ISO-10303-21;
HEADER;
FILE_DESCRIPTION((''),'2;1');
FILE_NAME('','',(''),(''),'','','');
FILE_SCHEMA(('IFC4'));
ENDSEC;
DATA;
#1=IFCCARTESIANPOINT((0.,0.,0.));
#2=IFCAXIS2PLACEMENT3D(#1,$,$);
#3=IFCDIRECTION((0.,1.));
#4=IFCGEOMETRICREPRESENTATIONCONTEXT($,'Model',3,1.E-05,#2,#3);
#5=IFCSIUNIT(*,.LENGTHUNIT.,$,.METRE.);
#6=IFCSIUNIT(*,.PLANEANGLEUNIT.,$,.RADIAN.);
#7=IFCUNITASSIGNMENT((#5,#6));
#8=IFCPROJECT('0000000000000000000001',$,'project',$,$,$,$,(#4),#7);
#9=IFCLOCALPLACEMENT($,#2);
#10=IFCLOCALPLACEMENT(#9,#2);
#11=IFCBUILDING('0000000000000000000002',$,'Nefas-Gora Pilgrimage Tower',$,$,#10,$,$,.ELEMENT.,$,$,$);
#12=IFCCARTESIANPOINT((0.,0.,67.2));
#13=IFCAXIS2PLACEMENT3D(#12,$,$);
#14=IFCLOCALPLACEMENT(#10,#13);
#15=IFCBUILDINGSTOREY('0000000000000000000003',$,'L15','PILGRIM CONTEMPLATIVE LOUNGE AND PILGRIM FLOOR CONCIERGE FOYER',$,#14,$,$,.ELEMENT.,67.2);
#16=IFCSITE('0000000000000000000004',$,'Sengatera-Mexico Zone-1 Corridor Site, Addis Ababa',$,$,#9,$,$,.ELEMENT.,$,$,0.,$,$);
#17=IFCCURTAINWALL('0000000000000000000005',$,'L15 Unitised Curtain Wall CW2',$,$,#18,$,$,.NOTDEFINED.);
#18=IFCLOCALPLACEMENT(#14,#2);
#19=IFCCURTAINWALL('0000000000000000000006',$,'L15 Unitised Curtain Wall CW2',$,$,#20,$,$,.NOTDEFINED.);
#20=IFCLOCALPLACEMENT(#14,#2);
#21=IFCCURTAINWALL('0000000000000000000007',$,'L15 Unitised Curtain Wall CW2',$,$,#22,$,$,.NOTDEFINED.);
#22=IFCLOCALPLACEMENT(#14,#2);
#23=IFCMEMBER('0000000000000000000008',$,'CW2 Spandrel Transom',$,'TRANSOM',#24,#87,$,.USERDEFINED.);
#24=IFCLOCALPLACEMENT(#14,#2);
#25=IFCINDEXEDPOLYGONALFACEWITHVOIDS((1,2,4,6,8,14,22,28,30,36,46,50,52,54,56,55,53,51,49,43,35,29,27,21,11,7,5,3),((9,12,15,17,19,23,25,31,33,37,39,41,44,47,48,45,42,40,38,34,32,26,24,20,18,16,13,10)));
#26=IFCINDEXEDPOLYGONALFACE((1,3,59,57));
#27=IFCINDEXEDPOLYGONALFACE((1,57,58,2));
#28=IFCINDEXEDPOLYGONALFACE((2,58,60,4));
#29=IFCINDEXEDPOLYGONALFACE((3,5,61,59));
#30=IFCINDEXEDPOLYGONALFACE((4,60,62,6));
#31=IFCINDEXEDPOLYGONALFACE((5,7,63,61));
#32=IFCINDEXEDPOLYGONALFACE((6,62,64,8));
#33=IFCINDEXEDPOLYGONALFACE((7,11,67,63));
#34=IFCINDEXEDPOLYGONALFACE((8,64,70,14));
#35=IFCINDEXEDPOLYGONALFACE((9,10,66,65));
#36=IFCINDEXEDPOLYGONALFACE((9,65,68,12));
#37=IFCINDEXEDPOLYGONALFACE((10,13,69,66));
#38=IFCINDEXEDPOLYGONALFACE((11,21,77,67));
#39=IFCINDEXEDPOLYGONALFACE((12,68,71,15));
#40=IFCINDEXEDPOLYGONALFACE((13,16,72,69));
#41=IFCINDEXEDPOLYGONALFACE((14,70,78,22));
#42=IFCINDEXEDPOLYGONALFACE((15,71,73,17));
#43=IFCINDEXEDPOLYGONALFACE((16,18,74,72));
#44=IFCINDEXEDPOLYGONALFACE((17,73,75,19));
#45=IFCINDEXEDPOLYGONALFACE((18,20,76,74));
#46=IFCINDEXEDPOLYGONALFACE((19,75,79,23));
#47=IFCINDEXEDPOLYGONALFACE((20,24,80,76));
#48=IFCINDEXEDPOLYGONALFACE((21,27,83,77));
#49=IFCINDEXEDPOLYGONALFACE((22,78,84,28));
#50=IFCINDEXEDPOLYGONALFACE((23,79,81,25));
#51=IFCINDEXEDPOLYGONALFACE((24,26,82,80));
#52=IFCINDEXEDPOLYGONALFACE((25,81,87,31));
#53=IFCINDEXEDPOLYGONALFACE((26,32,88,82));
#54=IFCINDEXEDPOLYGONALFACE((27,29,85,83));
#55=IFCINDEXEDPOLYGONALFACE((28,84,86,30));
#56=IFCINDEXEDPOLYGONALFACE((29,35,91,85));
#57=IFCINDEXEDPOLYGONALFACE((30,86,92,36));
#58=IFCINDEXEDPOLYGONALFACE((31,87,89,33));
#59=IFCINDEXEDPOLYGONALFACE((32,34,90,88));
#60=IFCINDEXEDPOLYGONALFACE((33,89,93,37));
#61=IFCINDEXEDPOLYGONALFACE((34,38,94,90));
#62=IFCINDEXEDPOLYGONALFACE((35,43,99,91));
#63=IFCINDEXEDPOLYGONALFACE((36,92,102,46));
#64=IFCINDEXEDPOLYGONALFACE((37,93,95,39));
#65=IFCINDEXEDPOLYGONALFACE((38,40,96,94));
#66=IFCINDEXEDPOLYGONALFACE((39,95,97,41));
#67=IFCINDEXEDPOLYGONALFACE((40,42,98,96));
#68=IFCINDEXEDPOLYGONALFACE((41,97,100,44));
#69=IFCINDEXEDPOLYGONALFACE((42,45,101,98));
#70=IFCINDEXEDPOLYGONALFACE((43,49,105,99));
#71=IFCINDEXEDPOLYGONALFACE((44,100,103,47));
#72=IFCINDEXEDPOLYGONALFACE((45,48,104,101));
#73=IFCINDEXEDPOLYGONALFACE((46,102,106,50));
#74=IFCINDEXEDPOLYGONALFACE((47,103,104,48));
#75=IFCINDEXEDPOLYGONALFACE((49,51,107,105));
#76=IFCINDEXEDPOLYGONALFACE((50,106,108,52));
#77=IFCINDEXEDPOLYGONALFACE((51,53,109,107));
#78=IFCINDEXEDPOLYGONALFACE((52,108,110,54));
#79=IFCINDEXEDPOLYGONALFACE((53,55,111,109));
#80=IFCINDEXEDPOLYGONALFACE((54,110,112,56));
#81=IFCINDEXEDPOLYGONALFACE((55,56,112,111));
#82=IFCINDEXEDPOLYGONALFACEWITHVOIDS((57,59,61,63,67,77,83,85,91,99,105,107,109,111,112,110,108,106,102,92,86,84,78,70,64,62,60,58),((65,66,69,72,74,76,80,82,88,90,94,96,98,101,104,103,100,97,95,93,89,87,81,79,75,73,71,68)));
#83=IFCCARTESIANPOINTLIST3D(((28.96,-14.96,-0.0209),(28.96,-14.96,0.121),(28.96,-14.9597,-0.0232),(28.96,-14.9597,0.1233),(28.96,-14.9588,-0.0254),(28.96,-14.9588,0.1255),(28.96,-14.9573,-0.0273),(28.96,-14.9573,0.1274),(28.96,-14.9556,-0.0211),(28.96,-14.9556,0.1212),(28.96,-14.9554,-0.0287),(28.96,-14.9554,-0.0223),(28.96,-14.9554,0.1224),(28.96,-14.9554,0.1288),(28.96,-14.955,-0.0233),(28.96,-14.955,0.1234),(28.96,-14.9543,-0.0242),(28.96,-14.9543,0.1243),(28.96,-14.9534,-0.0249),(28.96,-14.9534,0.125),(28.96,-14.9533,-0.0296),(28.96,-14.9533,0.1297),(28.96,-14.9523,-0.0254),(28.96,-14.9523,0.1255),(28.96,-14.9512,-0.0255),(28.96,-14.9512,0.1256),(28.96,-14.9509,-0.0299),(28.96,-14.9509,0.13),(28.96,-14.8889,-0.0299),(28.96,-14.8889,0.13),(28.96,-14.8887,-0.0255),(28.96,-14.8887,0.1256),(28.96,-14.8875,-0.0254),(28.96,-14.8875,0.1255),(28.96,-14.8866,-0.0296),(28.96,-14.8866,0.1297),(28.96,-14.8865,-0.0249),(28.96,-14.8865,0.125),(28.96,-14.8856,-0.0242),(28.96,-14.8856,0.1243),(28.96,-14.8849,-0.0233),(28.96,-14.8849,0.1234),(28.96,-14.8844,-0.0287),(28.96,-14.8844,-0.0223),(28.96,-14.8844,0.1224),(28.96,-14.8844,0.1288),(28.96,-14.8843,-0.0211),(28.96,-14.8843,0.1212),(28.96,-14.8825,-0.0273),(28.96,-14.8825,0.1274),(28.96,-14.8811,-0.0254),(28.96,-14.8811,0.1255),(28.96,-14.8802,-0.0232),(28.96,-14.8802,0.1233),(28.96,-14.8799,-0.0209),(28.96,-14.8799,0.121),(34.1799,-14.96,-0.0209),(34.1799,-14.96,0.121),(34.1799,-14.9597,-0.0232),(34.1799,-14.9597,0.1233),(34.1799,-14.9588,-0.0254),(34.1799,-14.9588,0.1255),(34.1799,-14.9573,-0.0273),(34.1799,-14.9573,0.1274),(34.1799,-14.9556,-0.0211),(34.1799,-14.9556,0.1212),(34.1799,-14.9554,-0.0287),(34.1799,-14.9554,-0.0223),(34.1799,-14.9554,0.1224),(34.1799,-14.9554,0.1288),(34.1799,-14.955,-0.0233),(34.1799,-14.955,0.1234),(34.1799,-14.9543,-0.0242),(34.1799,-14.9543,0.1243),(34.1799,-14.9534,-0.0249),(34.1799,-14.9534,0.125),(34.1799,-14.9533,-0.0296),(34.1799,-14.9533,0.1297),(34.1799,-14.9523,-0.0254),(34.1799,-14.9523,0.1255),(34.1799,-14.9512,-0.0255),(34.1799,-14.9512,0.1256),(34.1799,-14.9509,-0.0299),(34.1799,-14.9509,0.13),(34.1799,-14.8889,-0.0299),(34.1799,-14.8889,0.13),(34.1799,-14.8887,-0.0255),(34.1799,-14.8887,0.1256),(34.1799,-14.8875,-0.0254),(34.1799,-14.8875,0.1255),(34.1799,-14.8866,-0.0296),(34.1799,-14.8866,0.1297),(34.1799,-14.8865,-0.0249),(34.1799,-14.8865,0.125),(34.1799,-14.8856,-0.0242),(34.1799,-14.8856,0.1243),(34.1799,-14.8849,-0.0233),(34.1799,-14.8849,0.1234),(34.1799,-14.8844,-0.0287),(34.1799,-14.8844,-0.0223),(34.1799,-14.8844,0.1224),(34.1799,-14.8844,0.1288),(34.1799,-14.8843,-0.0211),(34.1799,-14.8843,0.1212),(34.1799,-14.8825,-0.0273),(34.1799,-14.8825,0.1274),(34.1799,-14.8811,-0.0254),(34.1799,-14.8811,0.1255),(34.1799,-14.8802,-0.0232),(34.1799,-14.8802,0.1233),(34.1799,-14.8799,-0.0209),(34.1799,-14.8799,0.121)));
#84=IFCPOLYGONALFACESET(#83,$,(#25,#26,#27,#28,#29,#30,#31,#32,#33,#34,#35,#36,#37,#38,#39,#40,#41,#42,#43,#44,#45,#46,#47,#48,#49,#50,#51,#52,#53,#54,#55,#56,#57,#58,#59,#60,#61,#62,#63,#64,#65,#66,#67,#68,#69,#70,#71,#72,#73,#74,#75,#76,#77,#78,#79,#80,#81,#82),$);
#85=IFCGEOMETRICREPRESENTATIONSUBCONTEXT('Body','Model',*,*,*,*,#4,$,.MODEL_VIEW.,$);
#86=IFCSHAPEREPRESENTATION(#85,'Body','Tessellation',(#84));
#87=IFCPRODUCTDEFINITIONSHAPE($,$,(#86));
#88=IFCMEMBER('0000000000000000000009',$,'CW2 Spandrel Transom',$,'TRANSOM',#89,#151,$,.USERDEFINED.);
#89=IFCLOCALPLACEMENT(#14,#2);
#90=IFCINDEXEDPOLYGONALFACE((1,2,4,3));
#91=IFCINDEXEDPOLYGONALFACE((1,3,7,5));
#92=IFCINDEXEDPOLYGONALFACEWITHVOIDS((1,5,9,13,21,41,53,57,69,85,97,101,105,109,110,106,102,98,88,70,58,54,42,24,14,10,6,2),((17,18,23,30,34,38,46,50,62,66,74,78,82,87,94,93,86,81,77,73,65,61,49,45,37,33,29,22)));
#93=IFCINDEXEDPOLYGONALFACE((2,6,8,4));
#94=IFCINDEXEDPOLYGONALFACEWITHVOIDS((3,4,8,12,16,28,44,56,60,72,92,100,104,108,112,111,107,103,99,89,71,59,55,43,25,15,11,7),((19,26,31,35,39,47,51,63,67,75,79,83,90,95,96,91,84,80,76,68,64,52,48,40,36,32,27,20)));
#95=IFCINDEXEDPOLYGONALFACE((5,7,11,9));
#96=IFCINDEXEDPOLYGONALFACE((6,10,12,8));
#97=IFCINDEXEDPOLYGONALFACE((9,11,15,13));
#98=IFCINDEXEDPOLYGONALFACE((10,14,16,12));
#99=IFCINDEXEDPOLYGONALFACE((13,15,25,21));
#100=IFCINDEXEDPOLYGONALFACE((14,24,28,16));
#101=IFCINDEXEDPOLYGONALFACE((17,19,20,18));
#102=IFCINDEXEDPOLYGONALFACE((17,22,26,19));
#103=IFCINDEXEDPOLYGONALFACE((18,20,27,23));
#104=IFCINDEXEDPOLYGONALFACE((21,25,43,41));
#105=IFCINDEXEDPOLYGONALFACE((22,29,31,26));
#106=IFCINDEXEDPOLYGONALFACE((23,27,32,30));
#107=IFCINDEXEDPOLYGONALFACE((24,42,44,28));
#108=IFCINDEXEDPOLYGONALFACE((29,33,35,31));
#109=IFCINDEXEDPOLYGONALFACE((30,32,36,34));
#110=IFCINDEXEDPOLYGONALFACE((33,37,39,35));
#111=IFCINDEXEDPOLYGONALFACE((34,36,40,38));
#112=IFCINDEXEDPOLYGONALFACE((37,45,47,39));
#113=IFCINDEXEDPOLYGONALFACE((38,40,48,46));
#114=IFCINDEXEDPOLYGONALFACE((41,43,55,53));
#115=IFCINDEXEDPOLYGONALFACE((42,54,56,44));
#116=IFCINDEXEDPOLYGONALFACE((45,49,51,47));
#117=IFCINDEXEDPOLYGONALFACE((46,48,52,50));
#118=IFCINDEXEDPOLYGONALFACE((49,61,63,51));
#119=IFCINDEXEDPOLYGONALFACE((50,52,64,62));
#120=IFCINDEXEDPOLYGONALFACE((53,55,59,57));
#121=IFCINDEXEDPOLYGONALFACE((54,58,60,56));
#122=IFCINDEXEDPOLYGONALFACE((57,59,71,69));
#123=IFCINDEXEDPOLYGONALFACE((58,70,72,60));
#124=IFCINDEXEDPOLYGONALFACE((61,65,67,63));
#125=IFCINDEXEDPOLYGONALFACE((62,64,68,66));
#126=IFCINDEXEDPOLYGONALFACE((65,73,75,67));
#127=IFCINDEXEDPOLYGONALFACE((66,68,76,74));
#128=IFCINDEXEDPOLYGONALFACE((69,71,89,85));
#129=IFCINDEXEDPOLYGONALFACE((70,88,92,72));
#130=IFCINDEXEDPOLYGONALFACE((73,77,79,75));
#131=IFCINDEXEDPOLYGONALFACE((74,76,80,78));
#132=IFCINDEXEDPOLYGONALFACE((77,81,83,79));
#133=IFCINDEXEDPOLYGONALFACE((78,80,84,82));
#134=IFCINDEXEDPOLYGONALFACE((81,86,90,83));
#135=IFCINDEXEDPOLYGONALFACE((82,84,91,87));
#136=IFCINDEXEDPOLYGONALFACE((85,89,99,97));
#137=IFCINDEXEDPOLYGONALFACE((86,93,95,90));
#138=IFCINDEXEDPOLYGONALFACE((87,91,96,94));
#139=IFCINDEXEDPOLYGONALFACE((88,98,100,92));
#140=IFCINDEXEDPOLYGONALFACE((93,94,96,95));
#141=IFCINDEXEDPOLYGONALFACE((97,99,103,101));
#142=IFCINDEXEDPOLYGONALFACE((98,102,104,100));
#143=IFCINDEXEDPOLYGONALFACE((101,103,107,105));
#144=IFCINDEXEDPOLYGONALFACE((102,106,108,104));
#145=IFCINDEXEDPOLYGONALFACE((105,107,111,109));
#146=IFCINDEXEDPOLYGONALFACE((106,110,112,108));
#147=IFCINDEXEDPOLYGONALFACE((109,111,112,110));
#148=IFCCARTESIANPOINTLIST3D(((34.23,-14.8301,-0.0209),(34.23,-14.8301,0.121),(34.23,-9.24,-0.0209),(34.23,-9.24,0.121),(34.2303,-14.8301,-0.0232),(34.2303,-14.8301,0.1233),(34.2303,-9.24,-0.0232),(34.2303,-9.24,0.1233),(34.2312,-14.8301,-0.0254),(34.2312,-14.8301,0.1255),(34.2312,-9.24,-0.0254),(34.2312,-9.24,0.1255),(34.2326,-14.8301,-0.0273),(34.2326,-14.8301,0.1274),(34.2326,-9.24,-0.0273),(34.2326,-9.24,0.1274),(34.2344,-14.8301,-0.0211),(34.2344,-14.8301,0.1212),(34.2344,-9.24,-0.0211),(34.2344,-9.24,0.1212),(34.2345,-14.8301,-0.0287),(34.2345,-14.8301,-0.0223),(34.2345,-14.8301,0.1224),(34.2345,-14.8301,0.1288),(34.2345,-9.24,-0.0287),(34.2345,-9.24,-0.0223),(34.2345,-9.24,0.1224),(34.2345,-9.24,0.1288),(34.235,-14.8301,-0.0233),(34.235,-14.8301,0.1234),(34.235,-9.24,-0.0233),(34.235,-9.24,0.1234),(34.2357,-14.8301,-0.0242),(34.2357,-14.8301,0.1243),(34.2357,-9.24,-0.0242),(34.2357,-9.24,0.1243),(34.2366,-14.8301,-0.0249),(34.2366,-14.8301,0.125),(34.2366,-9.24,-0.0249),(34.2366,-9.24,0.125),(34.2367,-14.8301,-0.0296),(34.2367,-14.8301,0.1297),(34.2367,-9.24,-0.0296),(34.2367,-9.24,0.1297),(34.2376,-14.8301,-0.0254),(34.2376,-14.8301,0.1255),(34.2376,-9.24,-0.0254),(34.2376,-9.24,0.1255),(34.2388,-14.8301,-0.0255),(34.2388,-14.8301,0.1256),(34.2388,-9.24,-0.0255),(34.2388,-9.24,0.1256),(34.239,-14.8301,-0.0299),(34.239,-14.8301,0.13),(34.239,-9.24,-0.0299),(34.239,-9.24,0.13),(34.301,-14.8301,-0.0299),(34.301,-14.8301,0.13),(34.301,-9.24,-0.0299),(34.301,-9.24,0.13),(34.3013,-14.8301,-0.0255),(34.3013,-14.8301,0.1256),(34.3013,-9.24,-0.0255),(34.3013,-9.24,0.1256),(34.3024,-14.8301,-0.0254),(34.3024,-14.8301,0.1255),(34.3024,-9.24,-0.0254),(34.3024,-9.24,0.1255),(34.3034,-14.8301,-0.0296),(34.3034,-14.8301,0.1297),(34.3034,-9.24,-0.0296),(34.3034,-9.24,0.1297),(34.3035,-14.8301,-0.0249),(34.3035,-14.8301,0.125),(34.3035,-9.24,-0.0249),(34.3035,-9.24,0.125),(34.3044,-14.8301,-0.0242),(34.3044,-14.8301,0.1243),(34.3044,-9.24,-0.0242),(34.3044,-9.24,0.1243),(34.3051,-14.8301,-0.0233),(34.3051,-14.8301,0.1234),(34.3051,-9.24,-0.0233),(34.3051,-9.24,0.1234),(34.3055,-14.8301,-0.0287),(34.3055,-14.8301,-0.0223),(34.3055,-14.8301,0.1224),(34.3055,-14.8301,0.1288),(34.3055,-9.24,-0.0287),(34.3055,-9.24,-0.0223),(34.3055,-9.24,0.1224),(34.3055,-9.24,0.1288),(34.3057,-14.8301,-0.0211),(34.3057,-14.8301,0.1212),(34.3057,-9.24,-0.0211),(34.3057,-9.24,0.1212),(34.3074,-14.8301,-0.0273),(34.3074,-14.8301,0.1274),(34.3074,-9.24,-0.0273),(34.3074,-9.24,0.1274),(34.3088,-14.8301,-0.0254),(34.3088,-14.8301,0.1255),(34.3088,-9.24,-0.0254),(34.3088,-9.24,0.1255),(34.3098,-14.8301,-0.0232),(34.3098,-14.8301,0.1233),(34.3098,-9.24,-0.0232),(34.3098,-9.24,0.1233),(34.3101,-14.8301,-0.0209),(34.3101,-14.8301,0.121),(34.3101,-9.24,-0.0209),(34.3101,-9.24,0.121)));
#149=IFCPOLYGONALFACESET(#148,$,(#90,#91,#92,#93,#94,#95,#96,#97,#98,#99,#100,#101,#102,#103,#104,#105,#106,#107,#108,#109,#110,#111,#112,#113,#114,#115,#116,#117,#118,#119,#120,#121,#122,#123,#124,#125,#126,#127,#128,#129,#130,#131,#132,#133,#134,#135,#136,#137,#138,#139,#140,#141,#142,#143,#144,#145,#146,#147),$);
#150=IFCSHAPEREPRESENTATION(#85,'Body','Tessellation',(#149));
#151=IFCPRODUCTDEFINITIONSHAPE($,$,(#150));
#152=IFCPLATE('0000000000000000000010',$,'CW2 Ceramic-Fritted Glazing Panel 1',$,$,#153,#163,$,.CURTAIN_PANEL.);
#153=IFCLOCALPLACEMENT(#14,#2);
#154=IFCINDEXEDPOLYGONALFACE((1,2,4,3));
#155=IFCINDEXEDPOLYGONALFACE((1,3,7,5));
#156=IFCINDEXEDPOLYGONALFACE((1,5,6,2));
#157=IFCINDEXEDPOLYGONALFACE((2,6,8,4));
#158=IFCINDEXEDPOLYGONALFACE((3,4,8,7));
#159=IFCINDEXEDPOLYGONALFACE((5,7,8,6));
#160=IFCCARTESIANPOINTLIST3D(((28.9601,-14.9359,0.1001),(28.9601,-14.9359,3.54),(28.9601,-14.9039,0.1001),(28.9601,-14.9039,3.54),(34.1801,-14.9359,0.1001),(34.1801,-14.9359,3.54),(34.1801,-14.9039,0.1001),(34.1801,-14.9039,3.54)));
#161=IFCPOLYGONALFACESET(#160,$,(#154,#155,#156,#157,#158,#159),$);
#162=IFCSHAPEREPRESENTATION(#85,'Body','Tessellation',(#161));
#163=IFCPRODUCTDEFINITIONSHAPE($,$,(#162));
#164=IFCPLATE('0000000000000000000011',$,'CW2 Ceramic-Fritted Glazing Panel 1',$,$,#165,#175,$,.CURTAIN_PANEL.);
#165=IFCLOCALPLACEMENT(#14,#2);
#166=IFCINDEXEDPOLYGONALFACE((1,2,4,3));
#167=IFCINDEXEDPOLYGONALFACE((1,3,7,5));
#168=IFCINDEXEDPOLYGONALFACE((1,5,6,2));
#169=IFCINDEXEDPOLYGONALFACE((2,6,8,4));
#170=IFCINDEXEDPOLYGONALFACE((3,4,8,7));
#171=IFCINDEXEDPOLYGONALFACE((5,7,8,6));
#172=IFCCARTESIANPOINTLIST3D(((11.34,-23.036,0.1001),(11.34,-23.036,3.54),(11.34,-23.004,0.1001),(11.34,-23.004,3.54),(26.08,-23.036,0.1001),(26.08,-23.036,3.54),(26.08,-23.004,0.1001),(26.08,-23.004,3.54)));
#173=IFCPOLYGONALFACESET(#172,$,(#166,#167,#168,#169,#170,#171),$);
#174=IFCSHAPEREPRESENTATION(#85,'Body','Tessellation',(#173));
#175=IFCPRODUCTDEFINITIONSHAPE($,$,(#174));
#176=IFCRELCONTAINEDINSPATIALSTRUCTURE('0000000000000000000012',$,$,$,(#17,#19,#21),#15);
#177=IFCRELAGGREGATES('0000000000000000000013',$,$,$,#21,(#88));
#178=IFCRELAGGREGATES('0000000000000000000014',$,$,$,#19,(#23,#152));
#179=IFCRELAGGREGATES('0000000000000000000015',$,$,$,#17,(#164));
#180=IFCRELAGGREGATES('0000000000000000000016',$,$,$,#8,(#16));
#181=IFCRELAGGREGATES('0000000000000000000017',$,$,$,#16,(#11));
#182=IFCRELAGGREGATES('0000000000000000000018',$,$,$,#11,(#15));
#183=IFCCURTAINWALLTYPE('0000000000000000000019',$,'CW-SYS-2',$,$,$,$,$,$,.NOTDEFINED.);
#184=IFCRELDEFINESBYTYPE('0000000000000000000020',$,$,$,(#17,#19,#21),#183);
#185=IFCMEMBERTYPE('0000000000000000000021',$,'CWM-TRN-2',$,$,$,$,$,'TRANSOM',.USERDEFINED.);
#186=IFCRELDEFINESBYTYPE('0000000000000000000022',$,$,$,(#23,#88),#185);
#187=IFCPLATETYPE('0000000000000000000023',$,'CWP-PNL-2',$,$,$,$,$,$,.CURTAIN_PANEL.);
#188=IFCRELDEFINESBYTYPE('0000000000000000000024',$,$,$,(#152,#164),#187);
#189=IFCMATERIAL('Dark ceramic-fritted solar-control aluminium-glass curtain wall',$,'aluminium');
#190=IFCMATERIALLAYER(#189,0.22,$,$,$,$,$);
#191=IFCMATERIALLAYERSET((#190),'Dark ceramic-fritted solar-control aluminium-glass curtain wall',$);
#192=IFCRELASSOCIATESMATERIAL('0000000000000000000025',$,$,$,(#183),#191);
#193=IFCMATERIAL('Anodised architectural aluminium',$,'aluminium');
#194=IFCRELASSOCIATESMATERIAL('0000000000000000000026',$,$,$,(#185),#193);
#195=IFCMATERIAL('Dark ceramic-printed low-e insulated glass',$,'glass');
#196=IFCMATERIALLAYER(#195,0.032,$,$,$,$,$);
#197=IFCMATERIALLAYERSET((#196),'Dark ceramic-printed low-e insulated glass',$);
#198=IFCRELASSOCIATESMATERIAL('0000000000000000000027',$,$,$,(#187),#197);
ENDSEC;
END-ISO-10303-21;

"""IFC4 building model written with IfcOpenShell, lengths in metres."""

from ifc_helpers import new_model, si_unit, direction, frame, origin, origin_2d, place, context, subcontext, project, spatial, rectangle, hollow_rectangle, extrude, source, transform, mapped, material, layer, layer_set, material_profile, profile_set, type_object, element, aggregate, save


model = new_model("IFC4")

# Units and contexts
model_context = context("Model", 3, precision=1e-05, world=origin(), true_north=direction((0.0, 1.0)))
body_context = subcontext(model_context, "Body", "Model", "MODEL_VIEW")
ifc_project = project(units=[si_unit("LENGTHUNIT", "METRE"), si_unit("PLANEANGLEUNIT", "RADIAN")], contexts=[model_context])

# Site, building, storey
site_placement = place(None, origin())
site = spatial("IfcSite", under=ifc_project, at=site_placement, Name="Sengatera-Mexico Zone-1 Corridor Site, Addis Ababa", CompositionType="ELEMENT", RefElevation=0.0)
building_placement = place(site_placement, origin())
building = spatial("IfcBuilding", under=site, at=building_placement, Name="Nefas-Gora Pilgrimage Tower", CompositionType="ELEMENT")
storey_placement = place(building_placement, frame((0.0, 0.0, 67.2)))
storey = spatial("IfcBuildingStorey", under=building, at=storey_placement, Name="L15", Description="PILGRIM CONTEMPLATIVE LOUNGE AND PILGRIM FLOOR CONCIERGE FOYER", CompositionType="ELEMENT", Elevation=67.2)

# Curtain wall
ifc_material_1 = material(Name="Dark ceramic-fritted solar-control aluminium-glass curtain wall", Category="aluminium")
ifc_layer_1 = layer(ifc_material_1, 0.22)
ifc_layer_set_1 = layer_set([ifc_layer_1], Name="Dark ceramic-fritted solar-control aluminium-glass curtain wall")
curtain_wall_type = type_object("IfcCurtainWallType", Name="CW-SYS-2", PredefinedType="NOTDEFINED", material=ifc_layer_set_1)
curtain_wall_1_placement = place(storey_placement, origin())
curtain_wall_1 = element("IfcCurtainWall", 1, at=curtain_wall_1_placement, inside=storey, type_object=curtain_wall_type, Name="L15 Unitised Curtain Wall CW2", PredefinedType="NOTDEFINED")
ifc_material_2 = material(Name="Anodised architectural aluminium", Category="aluminium")

# Curtain wall
curtain_wall_2_placement = place(storey_placement, origin())
curtain_wall_2 = element("IfcCurtainWall", 2, at=curtain_wall_2_placement, inside=storey, type_object=curtain_wall_type, Name="L15 Unitised Curtain Wall CW2", PredefinedType="NOTDEFINED")

# Curtain wall
curtain_wall_3_placement = place(storey_placement, origin())
curtain_wall_3 = element("IfcCurtainWall", 3, at=curtain_wall_3_placement, inside=storey, type_object=curtain_wall_type, Name="L15 Unitised Curtain Wall CW2", PredefinedType="NOTDEFINED")

# Members
ifc_material_profile_1 = material_profile(ifc_material_2, hollow_rectangle(XDim=0.0801, YDim=0.1599, WallThickness=0.0044, InnerFilletRadius=0.0044, OuterFilletRadius=0.009, at=origin_2d()), Name="ALU TRANSOM 80x160")
ifc_profile_set_1 = profile_set([ifc_material_profile_1], Name="Anodised architectural aluminium")
member_type_1 = type_object("IfcMemberType", Name="CWM-TRN-2", ElementType="TRANSOM", PredefinedType="USERDEFINED", material=ifc_profile_set_1)
shared_shape_1 = source(origin(), body_context, "Body", "SweptSolid", [
    extrude(hollow_rectangle(XDim=0.0801, YDim=0.1599, WallThickness=0.0044, InnerFilletRadius=0.0044, OuterFilletRadius=0.009, at=origin_2d()), origin(), (0.0, 0.0, 1.0), 5.22),
])
member_1_placement = place(storey_placement, frame((28.96, -14.9199, 0.05), z_axis=(1.0, 0.0, 0.0), x_axis=(0.0, 1.0, 0.0)))
member_1 = element("IfcMember", 4, at=member_1_placement, type_object=member_type_1, Name="CW2 Spandrel Transom", ObjectType="TRANSOM", PredefinedType="USERDEFINED", context=body_context, shape_type="MappedRepresentation", body=[
    mapped(shared_shape_1, transform((0.0, 0.0, 0.0), x_axis=(1.0, 0.0, 0.0), y_axis=(0.0, 1.0, 0.0), z_axis=(0.0, 0.0, 1.0), scale=1.0)),
])
shared_shape_2 = source(origin(), body_context, "Body", "SweptSolid", [
    extrude(hollow_rectangle(XDim=0.0801, YDim=0.1599, WallThickness=0.0044, InnerFilletRadius=0.0044, OuterFilletRadius=0.009, at=origin_2d()), origin(), (0.0, 0.0, 1.0), 5.5901),
])
member_2_placement = place(storey_placement, frame((34.27, -14.8301, 0.05), z_axis=(0.0, 1.0, 0.0), x_axis=(-1.0, 0.0, 0.0)))
member_2 = element("IfcMember", 5, at=member_2_placement, type_object=member_type_1, Name="CW2 Spandrel Transom", ObjectType="TRANSOM", PredefinedType="USERDEFINED", context=body_context, shape_type="MappedRepresentation", body=[
    mapped(shared_shape_2, transform((0.0, 0.0, 0.0), x_axis=(1.0, 0.0, 0.0), y_axis=(0.0, 1.0, 0.0), z_axis=(0.0, 0.0, 1.0), scale=1.0)),
])
aggregate(curtain_wall_3, [member_2])

# Plates
ifc_material_3 = material(Name="Dark ceramic-printed low-e insulated glass", Category="glass")
ifc_layer_2 = layer(ifc_material_3, 0.032)
ifc_layer_set_2 = layer_set([ifc_layer_2], Name="Dark ceramic-printed low-e insulated glass")
plate_type = type_object("IfcPlateType", Name="CWP-PNL-2", PredefinedType="CURTAIN_PANEL", material=ifc_layer_set_2)
shared_shape_3 = source(origin(), body_context, "Body", "SweptSolid", [
    extrude(rectangle(XDim=5.22, YDim=0.032, at=origin_2d()), origin(), (0.0, 0.0, 1.0), 3.4399),
])
plate_1_placement = place(storey_placement, frame((31.5701, -14.9199, 0.1001), z_axis=(0.0, 0.0, 1.0), x_axis=(1.0, 0.0, 0.0)))
plate_1 = element("IfcPlate", 6, at=plate_1_placement, type_object=plate_type, Name="CW2 Ceramic-Fritted Glazing Panel 1", PredefinedType="CURTAIN_PANEL", context=body_context, shape_type="MappedRepresentation", body=[
    mapped(shared_shape_3, transform((0.0, 0.0, 0.0), x_axis=(1.0, 0.0, 0.0), y_axis=(0.0, 1.0, 0.0), z_axis=(0.0, 0.0, 1.0), scale=1.0)),
])
aggregate(curtain_wall_2, [member_1, plate_1])
shared_shape_4 = source(origin(), body_context, "Body", "SweptSolid", [
    extrude(rectangle(XDim=14.74, YDim=0.032, at=origin_2d()), origin(), (0.0, 0.0, 1.0), 3.4399),
])
plate_2_placement = place(storey_placement, frame((18.71, -23.02, 0.1001), z_axis=(0.0, 0.0, 1.0), x_axis=(1.0, 0.0, 0.0)))
plate_2 = element("IfcPlate", 7, at=plate_2_placement, type_object=plate_type, Name="CW2 Ceramic-Fritted Glazing Panel 1", PredefinedType="CURTAIN_PANEL", context=body_context, shape_type="MappedRepresentation", body=[
    mapped(shared_shape_4, transform((0.0, 0.0, 0.0), x_axis=(1.0, 0.0, 0.0), y_axis=(0.0, 1.0, 0.0), z_axis=(0.0, 0.0, 1.0), scale=1.0)),
])
aggregate(curtain_wall_1, [plate_2])

save(model, "model.ifc")
